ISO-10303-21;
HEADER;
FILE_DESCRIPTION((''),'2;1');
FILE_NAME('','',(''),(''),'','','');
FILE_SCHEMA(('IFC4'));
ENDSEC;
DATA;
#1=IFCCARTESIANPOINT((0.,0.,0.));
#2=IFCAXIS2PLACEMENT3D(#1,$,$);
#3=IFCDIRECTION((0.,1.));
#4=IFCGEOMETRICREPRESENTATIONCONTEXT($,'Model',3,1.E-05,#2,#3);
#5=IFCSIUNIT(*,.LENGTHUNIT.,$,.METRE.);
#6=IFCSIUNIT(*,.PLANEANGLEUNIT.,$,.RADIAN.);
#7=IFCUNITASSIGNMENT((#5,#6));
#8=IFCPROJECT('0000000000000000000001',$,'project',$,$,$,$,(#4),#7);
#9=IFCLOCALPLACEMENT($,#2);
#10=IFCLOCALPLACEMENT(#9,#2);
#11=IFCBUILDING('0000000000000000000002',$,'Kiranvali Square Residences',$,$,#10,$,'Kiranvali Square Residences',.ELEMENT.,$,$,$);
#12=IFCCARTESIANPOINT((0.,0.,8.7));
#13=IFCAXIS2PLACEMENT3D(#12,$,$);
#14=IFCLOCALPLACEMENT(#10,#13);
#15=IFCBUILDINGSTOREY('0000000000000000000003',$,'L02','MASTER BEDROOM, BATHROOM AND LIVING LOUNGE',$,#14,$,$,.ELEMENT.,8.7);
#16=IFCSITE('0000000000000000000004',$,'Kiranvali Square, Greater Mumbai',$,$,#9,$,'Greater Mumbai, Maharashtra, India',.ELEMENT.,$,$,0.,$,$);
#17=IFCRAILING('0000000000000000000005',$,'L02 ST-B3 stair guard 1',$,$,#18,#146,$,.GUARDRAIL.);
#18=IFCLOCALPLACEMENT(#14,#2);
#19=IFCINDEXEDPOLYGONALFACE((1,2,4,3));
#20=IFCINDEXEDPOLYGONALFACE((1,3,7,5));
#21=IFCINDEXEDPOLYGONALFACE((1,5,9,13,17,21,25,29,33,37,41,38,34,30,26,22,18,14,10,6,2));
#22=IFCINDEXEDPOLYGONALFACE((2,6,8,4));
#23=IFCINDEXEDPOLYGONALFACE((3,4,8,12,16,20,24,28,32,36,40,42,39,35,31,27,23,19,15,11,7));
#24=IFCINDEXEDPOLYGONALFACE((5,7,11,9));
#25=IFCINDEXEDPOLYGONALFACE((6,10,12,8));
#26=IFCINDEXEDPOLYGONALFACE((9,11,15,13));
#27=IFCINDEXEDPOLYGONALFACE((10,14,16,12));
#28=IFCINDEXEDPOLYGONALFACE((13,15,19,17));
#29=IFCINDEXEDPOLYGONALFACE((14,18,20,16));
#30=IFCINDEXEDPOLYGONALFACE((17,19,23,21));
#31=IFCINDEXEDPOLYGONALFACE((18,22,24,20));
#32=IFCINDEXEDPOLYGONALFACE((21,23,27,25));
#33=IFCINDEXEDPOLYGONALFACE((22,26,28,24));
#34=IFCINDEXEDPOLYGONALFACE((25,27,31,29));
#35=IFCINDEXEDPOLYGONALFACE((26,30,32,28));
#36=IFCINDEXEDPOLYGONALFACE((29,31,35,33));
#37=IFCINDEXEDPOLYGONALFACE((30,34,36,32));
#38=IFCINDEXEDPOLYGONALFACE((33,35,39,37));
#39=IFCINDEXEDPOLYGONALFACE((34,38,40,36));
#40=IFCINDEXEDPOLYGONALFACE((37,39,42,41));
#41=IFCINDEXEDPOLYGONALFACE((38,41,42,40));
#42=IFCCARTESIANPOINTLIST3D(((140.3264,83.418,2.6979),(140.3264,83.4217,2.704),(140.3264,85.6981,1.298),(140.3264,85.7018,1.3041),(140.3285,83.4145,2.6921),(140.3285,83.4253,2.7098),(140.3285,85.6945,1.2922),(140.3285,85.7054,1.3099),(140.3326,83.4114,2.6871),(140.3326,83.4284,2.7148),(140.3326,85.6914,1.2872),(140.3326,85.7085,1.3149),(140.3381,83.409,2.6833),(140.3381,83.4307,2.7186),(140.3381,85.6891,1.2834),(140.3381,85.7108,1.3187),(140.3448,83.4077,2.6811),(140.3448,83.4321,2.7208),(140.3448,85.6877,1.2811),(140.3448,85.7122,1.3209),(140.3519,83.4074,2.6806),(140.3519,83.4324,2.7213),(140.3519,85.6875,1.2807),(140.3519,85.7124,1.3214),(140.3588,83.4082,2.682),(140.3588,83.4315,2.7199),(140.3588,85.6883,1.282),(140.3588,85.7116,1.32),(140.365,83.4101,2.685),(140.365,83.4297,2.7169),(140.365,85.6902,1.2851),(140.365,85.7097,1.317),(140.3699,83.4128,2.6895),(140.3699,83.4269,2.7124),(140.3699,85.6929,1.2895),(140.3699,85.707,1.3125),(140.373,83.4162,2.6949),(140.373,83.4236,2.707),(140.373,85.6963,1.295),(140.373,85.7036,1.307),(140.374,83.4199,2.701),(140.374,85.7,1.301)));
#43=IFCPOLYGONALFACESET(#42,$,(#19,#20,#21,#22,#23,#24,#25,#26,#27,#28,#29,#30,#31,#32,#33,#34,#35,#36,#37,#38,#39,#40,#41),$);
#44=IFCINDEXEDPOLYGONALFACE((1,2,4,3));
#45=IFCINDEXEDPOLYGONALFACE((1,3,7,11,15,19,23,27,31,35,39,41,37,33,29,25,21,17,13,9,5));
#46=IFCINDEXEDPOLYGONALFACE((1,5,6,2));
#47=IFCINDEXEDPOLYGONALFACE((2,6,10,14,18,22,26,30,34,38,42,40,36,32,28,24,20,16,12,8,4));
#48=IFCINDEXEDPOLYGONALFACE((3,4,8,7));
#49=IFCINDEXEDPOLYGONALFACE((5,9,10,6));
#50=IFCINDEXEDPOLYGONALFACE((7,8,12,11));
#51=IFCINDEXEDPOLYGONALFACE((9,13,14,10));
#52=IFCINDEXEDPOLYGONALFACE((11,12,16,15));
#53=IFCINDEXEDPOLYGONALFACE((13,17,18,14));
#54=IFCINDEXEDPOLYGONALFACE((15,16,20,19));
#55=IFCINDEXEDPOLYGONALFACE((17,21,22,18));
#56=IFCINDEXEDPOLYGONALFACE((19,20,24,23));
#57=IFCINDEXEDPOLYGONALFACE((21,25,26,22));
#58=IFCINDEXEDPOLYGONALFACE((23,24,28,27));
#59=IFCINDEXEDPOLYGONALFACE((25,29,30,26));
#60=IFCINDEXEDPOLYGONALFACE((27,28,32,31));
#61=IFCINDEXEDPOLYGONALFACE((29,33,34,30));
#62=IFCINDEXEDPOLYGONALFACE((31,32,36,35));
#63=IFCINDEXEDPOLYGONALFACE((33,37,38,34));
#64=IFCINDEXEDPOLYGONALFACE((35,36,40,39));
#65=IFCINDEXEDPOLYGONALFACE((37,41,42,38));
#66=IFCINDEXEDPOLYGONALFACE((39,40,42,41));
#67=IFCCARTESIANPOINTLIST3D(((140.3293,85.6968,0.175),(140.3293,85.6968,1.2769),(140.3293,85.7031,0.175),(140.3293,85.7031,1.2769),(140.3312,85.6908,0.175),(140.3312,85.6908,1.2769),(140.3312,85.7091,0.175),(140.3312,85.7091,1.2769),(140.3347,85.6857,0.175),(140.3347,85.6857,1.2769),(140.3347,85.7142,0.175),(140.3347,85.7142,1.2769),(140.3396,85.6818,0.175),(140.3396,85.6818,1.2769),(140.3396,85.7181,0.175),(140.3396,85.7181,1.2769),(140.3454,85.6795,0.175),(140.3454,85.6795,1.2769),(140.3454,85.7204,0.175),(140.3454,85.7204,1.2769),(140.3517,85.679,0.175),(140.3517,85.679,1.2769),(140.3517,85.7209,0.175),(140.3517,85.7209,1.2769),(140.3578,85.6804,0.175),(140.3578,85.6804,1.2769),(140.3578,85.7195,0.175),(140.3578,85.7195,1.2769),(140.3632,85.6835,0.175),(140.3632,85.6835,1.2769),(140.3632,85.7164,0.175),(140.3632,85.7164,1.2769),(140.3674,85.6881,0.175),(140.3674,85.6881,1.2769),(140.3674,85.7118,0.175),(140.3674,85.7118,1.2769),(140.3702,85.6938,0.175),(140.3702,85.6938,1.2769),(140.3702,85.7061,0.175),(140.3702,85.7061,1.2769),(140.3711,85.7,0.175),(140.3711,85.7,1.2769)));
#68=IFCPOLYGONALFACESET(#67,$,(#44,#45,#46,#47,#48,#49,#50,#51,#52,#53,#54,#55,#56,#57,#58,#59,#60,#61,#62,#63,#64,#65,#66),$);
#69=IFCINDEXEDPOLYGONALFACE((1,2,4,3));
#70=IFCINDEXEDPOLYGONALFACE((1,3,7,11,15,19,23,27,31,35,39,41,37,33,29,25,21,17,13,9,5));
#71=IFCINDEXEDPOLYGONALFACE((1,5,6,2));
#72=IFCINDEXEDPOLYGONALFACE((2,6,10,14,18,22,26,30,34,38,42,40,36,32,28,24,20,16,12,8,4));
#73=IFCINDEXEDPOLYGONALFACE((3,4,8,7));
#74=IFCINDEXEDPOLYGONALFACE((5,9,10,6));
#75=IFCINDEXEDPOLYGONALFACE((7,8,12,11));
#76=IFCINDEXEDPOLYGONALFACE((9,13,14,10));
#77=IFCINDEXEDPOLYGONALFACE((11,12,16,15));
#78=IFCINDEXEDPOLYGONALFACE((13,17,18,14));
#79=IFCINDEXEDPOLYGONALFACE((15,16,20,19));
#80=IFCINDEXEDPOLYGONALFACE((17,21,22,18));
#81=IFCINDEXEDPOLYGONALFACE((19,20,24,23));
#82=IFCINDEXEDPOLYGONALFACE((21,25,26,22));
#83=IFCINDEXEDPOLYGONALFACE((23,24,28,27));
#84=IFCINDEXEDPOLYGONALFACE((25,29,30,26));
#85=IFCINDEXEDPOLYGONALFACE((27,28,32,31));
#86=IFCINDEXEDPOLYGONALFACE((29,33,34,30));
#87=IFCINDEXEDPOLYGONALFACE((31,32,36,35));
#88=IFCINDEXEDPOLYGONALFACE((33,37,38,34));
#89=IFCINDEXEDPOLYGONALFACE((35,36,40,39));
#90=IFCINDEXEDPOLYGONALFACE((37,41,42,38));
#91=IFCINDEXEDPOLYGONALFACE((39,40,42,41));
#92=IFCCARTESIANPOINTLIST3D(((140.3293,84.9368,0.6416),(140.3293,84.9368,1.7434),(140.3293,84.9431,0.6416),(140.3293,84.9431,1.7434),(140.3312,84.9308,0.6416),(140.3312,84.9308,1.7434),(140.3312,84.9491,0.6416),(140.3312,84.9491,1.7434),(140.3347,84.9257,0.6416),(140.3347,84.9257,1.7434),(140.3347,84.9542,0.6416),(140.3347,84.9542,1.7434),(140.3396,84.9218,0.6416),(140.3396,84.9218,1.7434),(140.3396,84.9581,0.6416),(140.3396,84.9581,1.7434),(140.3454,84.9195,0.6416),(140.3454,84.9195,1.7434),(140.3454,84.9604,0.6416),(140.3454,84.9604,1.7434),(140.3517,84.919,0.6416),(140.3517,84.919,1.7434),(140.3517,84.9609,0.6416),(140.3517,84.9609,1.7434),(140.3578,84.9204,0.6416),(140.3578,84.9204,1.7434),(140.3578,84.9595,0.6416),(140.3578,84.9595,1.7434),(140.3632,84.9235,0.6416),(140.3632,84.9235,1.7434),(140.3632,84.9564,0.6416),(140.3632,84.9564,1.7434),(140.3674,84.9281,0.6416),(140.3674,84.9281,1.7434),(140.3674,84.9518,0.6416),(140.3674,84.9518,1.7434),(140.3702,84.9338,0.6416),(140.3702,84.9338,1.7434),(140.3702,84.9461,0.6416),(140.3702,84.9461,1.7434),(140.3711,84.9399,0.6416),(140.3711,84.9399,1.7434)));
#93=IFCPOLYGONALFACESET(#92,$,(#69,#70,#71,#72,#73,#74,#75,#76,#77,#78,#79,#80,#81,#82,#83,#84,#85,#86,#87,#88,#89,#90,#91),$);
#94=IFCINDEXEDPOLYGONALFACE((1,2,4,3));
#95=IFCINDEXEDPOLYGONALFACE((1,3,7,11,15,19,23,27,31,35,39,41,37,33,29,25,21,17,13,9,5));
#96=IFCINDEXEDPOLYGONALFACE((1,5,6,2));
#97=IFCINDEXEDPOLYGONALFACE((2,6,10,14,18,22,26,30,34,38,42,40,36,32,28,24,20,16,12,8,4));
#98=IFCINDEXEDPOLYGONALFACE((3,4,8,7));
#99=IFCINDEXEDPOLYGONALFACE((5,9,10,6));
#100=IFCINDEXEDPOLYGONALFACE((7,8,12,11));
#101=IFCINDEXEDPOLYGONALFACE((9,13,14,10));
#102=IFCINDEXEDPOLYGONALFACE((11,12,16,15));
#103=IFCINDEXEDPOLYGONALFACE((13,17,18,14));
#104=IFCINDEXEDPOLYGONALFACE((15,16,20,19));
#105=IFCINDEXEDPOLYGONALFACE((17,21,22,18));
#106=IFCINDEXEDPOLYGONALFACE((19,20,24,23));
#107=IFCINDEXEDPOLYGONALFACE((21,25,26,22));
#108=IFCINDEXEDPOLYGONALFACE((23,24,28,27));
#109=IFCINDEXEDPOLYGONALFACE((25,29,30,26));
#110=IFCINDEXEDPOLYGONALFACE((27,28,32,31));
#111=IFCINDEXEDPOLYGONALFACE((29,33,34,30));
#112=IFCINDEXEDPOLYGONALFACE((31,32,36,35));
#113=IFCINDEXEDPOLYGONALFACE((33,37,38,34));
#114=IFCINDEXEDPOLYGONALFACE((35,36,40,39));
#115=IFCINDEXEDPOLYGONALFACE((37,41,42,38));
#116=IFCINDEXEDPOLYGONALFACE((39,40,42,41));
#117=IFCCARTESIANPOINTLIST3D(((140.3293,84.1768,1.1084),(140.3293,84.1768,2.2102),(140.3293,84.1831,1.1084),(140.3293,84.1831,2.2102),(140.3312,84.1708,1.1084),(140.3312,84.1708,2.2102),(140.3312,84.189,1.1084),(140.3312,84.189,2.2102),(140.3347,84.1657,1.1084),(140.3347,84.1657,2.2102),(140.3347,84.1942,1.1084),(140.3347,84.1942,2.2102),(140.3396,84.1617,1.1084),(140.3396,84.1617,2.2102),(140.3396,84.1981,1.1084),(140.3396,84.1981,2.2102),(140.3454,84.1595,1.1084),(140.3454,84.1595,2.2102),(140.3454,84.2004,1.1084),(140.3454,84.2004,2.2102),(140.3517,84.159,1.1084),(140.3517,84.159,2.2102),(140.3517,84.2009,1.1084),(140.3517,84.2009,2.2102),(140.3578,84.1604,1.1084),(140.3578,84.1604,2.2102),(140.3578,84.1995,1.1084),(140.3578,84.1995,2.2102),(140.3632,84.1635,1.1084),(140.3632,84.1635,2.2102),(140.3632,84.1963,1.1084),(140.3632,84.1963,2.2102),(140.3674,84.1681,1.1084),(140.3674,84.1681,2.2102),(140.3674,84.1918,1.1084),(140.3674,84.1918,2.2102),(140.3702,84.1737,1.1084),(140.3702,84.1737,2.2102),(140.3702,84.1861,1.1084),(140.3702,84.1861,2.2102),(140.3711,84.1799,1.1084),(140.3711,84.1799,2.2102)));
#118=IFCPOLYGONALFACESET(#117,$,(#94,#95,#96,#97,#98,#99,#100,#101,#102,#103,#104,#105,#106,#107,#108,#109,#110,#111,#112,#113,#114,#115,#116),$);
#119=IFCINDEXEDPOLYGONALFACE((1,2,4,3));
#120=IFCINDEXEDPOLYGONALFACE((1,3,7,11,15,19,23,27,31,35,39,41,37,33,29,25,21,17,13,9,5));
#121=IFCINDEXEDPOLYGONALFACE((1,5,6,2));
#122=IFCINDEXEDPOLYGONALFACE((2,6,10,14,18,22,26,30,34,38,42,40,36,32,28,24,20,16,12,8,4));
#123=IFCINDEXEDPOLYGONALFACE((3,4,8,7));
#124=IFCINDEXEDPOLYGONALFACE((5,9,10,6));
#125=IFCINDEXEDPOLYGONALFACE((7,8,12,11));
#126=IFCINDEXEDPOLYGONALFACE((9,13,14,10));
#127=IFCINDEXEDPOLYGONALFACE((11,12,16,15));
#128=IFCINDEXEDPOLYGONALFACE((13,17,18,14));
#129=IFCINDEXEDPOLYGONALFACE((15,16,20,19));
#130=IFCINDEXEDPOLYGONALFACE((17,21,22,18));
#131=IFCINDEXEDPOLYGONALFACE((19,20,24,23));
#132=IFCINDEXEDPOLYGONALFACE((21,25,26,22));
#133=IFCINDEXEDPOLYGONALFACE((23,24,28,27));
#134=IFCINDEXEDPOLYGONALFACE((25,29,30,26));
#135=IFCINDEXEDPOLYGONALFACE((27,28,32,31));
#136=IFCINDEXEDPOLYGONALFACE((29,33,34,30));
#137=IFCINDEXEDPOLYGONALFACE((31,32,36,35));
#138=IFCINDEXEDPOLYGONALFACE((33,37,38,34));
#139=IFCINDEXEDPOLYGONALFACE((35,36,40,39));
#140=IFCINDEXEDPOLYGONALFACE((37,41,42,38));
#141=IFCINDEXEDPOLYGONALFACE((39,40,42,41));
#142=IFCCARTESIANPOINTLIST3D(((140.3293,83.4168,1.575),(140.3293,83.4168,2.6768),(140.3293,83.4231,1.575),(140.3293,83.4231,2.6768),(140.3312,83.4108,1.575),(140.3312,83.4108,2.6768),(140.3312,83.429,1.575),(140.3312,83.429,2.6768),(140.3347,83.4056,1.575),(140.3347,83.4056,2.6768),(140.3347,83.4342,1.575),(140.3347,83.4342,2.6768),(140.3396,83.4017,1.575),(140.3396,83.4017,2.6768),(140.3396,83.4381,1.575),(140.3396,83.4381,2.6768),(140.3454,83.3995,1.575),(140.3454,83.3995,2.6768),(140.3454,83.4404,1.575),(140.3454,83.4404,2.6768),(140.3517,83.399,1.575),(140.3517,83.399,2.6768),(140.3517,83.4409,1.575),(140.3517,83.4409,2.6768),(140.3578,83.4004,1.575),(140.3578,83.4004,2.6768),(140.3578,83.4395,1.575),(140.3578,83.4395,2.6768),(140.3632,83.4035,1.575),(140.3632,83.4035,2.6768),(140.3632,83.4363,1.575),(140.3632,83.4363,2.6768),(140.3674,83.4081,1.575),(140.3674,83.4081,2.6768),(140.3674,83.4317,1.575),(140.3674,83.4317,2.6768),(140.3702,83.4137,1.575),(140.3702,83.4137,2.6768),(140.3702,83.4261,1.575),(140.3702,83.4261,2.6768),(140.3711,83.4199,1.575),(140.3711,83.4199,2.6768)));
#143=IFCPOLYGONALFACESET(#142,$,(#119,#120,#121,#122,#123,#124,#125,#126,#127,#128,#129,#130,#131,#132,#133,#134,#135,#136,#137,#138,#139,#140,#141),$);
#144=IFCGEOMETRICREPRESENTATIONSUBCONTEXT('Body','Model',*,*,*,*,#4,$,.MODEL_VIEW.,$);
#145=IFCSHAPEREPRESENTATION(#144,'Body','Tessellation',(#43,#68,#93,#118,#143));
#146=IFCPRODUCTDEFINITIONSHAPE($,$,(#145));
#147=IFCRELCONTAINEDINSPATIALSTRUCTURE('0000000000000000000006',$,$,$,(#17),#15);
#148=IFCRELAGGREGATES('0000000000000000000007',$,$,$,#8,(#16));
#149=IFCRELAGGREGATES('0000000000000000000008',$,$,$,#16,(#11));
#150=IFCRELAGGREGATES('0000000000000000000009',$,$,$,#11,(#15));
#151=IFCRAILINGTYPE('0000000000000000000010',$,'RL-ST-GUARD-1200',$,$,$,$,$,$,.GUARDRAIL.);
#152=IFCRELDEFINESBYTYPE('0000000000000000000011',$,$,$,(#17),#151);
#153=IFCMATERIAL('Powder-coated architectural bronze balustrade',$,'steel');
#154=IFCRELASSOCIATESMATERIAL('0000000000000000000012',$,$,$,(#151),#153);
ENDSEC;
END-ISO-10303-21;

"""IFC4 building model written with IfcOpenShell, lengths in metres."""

from ifc_helpers import new_model, si_unit, direction, frame, origin, origin_2d, place, context, subcontext, project, spatial, circle, extrude, material, type_object, element, save


model = new_model("IFC4")

# Units and contexts
model_context = context("Model", 3, precision=1e-05, world=origin(), true_north=direction((0.0, 1.0)))
body_context = subcontext(model_context, "Body", "Model", "MODEL_VIEW")
ifc_project = project(units=[si_unit("LENGTHUNIT", "METRE"), si_unit("PLANEANGLEUNIT", "RADIAN")], contexts=[model_context])

# Site, building, storey
site_placement = place(None, origin())
site = spatial("IfcSite", under=ifc_project, at=site_placement, Name="Kiranvali Square, Greater Mumbai", LongName="Greater Mumbai, Maharashtra, India", CompositionType="ELEMENT", RefElevation=0.0)
building_placement = place(site_placement, origin())
building = spatial("IfcBuilding", under=site, at=building_placement, Name="Kiranvali Square Residences", LongName="Kiranvali Square Residences", CompositionType="ELEMENT")
storey_placement = place(building_placement, frame((0.0, 0.0, 8.7)))
storey = spatial("IfcBuildingStorey", under=building, at=storey_placement, Name="L02", Description="MASTER BEDROOM, BATHROOM AND LIVING LOUNGE", CompositionType="ELEMENT", Elevation=8.7)

# Railing
ifc_material_1 = material(Name="Powder-coated architectural bronze balustrade", Category="steel")
railing_type_1 = type_object("IfcRailingType", Name="RL-ST-GUARD-1200", PredefinedType="GUARDRAIL", material=ifc_material_1)
railing_1_placement = place(storey_placement, frame((140.3501, 85.7, 0.175)))
element("IfcRailing", 1, at=railing_1_placement, inside=storey, type_object=railing_type_1, Name="L02 ST-B3 stair guard 1", PredefinedType="GUARDRAIL", context=body_context, shape_type="SweptSolid", body=[
    extrude(circle(Radius=0.0239, at=origin_2d()), frame((0.0, 0.0, 1.126), z_axis=(0.0, -0.85219, 0.523232), x_axis=(1.0, 0.0, 0.0)), (0.0, 0.0, 1.0), 2.6755),
    extrude(circle(Radius=0.021, at=origin_2d()), origin(), (0.0, 0.0, 1.0), 1.1018),
    extrude(circle(Radius=0.021, at=origin_2d()), frame((0.0, -0.76, 0.4666)), (0.0, 0.0, 1.0), 1.1018),
    extrude(circle(Radius=0.021, at=origin_2d()), frame((0.0, -1.52, 0.9333)), (0.0, 0.0, 1.0), 1.1018),
    extrude(circle(Radius=0.021, at=origin_2d()), frame((0.0, -2.28, 1.3999)), (0.0, 0.0, 1.0), 1.1018),
])

save(model, "model.ifc")
